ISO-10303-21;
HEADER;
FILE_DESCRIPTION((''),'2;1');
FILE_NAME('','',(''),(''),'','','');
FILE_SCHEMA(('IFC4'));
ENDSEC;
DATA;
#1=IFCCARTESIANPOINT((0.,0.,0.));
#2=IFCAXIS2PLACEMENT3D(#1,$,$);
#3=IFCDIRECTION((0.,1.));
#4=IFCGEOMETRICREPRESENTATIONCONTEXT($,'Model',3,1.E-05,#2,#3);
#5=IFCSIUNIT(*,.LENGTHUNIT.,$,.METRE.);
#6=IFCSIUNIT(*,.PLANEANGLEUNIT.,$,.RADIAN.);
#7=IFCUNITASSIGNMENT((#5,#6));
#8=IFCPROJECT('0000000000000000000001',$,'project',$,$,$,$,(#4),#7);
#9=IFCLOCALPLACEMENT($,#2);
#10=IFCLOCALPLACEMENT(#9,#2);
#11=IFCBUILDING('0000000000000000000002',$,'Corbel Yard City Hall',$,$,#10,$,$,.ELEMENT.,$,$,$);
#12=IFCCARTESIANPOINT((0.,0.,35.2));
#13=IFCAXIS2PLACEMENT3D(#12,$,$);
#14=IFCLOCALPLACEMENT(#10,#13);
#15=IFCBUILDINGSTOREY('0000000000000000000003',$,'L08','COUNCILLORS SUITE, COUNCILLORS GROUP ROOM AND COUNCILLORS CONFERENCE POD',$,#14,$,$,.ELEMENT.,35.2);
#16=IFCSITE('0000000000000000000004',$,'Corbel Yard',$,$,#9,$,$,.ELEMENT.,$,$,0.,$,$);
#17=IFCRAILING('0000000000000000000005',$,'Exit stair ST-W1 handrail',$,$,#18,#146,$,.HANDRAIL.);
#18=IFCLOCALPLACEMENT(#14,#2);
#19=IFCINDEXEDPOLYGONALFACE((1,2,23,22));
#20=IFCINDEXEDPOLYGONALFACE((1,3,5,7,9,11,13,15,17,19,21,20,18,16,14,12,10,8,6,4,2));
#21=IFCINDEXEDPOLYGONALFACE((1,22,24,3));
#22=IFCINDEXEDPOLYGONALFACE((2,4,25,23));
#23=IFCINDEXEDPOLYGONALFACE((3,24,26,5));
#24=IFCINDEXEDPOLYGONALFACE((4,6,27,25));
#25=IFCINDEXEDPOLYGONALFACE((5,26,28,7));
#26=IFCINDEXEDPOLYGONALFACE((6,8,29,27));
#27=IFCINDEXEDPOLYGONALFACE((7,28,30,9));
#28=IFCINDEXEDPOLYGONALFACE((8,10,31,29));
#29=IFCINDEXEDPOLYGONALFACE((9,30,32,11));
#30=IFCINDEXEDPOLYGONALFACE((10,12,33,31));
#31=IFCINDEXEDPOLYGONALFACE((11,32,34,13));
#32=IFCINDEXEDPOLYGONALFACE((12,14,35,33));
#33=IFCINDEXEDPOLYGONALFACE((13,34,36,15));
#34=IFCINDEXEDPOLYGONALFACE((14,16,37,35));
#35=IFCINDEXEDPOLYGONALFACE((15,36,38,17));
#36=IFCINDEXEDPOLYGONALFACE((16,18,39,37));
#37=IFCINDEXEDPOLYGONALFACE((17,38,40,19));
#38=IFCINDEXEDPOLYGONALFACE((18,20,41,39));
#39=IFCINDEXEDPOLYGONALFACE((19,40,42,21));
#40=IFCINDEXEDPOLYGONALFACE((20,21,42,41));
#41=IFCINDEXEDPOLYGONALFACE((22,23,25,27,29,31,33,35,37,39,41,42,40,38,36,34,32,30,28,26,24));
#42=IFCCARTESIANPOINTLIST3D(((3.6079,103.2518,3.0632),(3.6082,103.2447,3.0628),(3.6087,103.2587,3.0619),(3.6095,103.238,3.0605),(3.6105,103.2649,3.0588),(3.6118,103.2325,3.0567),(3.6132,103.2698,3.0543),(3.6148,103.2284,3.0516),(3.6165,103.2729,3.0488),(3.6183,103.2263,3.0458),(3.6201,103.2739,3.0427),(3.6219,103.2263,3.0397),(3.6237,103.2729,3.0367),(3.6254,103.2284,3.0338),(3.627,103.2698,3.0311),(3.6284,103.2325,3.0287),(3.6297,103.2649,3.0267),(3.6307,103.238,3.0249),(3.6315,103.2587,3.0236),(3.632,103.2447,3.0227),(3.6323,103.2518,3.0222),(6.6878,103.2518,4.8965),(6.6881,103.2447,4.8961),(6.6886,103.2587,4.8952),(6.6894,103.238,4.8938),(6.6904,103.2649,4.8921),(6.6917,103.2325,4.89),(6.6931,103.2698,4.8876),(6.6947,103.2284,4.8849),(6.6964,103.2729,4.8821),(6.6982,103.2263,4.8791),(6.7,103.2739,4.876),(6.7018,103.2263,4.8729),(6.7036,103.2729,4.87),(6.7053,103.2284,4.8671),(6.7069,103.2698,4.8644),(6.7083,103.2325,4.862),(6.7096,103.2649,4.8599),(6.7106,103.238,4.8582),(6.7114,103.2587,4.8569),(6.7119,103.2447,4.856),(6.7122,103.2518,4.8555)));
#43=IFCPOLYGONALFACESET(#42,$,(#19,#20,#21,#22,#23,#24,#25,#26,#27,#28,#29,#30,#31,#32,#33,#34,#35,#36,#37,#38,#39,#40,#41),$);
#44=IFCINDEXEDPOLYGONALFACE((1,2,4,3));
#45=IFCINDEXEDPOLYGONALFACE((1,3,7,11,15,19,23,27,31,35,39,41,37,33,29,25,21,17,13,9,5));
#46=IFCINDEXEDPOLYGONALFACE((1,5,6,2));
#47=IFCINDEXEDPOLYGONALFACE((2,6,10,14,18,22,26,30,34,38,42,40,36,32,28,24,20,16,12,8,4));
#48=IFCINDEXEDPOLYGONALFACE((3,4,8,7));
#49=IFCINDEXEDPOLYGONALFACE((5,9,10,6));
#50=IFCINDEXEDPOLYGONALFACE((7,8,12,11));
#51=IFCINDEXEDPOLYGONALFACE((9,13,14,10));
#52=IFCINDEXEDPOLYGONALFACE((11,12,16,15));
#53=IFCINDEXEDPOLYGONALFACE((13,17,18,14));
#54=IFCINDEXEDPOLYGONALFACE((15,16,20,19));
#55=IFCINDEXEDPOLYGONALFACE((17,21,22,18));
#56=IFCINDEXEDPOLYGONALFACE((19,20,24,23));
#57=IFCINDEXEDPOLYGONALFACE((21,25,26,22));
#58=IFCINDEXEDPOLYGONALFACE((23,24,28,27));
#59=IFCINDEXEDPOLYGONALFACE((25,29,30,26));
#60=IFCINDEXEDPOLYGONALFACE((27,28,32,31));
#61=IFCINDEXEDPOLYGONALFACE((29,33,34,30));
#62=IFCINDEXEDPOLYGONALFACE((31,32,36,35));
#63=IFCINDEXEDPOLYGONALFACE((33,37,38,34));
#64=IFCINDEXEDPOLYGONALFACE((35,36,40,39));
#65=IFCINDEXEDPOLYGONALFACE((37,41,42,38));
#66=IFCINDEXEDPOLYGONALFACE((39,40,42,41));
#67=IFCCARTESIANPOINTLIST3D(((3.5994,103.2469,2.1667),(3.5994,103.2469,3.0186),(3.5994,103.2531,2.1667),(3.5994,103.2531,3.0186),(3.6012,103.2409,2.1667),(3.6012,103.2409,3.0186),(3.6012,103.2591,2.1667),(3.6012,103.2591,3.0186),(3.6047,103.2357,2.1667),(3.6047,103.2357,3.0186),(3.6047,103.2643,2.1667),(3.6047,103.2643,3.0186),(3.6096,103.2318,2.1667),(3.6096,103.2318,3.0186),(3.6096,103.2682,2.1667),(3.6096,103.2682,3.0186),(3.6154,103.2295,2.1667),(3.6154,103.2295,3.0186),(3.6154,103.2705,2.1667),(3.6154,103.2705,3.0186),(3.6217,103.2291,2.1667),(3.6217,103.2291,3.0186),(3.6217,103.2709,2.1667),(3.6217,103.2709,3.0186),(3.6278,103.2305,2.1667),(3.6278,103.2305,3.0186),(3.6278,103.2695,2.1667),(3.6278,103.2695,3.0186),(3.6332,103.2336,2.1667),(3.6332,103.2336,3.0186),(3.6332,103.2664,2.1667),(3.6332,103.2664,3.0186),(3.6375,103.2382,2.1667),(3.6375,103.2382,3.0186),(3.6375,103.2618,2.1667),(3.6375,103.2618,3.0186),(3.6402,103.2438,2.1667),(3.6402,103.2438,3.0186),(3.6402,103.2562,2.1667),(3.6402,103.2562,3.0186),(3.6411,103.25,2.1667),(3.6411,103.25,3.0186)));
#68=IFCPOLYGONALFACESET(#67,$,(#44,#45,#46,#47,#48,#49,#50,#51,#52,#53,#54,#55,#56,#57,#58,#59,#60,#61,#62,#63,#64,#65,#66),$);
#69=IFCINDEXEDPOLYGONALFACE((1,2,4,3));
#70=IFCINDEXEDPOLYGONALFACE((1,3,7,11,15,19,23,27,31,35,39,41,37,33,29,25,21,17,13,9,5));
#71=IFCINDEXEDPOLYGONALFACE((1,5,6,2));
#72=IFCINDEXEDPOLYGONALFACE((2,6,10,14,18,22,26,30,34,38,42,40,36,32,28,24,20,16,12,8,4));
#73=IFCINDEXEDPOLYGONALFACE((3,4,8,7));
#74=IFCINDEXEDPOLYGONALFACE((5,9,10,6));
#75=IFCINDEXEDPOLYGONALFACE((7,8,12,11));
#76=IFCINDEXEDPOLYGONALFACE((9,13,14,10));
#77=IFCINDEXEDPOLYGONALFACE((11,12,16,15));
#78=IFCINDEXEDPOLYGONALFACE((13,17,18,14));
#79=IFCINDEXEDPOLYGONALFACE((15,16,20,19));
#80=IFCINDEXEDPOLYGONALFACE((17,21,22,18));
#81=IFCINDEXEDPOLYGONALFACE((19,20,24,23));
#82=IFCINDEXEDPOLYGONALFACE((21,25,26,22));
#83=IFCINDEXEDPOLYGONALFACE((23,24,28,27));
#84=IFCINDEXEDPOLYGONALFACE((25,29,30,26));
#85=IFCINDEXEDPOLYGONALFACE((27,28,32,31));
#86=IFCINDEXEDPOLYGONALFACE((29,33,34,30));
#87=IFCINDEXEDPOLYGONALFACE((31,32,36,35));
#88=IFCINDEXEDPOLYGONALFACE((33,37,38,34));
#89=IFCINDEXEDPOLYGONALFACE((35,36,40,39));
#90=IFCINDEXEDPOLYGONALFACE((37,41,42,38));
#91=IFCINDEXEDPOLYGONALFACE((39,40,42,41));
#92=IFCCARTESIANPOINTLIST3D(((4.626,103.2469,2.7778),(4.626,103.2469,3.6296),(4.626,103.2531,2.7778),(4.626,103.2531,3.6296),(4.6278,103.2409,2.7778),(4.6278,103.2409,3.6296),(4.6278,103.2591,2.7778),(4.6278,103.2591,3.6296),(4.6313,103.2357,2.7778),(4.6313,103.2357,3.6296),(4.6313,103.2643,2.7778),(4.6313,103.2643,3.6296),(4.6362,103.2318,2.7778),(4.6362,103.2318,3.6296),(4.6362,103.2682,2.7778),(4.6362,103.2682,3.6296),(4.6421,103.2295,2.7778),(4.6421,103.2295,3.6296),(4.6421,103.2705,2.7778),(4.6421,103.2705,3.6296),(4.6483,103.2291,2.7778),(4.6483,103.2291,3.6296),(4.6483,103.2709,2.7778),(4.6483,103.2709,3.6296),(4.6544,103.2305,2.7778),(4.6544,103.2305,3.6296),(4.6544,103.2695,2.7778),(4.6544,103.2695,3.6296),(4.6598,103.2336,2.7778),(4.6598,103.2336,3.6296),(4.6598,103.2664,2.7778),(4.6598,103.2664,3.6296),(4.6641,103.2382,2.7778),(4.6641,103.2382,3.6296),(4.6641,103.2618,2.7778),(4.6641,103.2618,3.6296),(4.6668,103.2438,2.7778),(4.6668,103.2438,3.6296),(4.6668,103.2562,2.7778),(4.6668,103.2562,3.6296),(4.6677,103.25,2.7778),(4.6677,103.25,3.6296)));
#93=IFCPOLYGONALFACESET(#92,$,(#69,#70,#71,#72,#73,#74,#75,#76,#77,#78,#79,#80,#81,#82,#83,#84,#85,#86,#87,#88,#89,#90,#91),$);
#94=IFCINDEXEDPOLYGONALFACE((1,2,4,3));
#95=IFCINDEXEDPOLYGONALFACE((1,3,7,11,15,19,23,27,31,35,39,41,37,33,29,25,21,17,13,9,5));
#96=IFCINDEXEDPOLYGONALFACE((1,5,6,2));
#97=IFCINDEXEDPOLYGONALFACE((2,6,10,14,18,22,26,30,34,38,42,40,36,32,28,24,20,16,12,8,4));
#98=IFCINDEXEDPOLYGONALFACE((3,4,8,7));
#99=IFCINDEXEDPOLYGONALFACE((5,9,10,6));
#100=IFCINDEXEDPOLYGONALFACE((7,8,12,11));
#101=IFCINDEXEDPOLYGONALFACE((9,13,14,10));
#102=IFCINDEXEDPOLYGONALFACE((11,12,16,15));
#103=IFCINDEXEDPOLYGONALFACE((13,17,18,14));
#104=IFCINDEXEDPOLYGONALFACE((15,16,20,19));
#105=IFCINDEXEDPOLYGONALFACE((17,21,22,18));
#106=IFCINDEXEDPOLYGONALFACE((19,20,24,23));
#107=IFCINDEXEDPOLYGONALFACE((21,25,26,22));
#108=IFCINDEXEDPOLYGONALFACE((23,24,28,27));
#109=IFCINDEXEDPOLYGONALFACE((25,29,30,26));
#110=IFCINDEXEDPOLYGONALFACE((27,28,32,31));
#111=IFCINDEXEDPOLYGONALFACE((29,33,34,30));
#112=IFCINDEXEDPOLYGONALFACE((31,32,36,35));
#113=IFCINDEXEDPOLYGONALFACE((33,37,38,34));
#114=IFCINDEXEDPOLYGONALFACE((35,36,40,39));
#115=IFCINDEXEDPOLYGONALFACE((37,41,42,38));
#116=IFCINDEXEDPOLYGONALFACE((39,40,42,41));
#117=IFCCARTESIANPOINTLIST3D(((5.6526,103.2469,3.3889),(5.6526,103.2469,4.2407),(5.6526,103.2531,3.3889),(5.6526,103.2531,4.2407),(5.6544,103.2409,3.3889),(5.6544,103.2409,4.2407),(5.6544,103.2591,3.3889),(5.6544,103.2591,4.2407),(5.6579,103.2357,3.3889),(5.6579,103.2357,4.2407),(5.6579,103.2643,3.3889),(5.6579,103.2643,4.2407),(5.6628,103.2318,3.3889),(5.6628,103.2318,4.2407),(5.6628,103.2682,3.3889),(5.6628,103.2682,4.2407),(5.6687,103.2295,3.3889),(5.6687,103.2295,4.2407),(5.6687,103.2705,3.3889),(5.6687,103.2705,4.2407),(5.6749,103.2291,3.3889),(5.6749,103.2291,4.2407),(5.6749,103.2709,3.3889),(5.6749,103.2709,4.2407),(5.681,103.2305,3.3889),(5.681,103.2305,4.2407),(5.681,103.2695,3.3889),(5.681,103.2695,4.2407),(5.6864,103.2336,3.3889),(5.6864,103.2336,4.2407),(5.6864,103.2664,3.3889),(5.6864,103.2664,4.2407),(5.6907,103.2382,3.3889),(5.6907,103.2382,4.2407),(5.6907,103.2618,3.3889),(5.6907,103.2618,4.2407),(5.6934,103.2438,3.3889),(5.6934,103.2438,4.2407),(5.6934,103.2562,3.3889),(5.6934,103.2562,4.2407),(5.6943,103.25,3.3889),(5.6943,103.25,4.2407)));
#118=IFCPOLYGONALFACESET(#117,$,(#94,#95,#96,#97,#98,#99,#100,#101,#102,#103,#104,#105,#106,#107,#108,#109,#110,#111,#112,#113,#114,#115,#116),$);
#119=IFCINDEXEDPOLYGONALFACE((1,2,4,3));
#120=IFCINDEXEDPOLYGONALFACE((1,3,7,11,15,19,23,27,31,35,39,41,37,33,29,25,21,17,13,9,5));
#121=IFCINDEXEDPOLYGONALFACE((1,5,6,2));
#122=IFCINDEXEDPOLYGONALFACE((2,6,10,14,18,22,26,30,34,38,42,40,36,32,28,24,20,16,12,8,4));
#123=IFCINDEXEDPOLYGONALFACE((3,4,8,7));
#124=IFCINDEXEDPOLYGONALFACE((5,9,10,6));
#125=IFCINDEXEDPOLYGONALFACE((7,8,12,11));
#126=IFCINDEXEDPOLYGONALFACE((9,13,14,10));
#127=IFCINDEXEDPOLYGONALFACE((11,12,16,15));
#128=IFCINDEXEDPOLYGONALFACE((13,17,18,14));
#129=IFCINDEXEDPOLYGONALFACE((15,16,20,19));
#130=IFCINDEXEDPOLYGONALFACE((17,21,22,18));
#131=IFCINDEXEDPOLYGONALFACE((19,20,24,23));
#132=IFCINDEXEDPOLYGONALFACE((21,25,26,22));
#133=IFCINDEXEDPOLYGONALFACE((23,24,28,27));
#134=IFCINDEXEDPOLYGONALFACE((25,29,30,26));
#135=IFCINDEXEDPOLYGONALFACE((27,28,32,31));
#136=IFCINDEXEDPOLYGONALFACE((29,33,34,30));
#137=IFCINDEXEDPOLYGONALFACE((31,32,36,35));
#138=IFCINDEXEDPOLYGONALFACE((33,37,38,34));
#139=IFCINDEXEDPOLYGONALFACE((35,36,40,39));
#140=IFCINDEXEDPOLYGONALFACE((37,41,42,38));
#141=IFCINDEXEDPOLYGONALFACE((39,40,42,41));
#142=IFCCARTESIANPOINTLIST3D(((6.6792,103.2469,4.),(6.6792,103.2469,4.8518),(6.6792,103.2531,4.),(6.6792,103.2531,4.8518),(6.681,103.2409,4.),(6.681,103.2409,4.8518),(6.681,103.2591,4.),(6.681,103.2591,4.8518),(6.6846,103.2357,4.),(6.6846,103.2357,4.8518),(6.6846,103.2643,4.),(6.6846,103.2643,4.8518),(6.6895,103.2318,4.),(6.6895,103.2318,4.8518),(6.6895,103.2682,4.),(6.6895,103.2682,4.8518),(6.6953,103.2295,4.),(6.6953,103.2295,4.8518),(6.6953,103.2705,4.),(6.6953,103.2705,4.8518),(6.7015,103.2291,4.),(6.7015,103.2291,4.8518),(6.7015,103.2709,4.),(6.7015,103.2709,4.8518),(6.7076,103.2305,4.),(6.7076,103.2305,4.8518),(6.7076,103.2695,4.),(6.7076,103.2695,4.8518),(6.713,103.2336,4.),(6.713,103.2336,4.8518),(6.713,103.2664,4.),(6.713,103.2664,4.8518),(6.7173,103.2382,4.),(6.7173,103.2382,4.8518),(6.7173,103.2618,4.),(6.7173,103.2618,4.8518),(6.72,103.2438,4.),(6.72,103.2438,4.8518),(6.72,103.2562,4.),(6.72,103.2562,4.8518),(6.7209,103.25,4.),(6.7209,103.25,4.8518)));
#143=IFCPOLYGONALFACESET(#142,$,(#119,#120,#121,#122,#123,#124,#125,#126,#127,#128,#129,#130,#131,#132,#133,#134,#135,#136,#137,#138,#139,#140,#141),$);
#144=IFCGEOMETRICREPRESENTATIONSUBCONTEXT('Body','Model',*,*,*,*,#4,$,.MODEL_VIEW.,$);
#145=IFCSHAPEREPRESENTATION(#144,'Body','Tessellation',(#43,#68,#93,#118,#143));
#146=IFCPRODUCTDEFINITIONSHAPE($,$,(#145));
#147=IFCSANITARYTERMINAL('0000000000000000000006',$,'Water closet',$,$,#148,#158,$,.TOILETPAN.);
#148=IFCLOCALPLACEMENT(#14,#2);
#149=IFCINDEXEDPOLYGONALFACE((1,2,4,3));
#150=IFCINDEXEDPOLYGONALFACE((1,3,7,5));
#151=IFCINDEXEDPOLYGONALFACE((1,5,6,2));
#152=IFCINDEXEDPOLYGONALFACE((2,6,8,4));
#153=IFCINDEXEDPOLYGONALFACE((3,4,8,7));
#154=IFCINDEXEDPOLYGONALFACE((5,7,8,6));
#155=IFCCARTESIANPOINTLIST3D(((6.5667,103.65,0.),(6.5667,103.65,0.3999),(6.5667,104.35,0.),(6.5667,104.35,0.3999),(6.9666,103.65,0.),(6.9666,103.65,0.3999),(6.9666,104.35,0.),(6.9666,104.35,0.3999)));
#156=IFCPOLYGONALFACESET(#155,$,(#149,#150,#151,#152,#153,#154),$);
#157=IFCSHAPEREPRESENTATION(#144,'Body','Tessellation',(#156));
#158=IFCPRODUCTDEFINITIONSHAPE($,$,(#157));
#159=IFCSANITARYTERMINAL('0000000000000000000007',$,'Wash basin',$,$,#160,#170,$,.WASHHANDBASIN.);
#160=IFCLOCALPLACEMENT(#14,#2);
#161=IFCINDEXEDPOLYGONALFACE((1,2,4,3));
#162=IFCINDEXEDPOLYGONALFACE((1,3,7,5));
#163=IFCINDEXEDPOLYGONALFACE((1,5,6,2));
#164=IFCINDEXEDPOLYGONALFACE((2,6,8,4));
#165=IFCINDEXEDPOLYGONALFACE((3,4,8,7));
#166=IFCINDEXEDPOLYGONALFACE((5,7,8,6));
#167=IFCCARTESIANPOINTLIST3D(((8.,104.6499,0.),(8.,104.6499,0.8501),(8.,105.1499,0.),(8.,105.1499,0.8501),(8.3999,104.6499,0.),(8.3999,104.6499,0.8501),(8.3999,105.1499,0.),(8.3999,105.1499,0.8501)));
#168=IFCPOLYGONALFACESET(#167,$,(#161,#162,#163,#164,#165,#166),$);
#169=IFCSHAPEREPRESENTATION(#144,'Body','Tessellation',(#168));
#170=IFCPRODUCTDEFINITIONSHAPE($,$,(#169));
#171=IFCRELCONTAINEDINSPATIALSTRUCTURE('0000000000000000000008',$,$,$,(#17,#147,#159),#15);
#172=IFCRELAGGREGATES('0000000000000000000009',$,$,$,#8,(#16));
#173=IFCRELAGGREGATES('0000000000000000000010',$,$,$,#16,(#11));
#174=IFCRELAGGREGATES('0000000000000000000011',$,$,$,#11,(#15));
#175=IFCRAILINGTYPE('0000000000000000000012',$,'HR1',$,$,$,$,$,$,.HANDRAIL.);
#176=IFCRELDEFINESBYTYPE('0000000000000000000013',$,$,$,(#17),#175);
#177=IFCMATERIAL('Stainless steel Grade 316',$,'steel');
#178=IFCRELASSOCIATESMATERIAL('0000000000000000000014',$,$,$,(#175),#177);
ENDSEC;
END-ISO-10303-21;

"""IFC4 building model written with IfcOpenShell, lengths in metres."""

from ifc_helpers import new_model, si_unit, direction, frame, origin, origin_2d, place, context, subcontext, project, spatial, rectangle, circle, extrude, material, type_object, element, save


model = new_model("IFC4")

# Units and contexts
model_context = context("Model", 3, precision=1e-05, world=origin(), true_north=direction((0.0, 1.0)))
body_context = subcontext(model_context, "Body", "Model", "MODEL_VIEW")
ifc_project = project(units=[si_unit("LENGTHUNIT", "METRE"), si_unit("PLANEANGLEUNIT", "RADIAN")], contexts=[model_context])

# Site, building, storey
site_placement = place(None, origin())
site = spatial("IfcSite", under=ifc_project, at=site_placement, Name="Corbel Yard", CompositionType="ELEMENT", RefElevation=0.0)
building_placement = place(site_placement, origin())
building = spatial("IfcBuilding", under=site, at=building_placement, Name="Corbel Yard City Hall", CompositionType="ELEMENT")
storey_placement = place(building_placement, frame((0.0, 0.0, 35.2)))
storey = spatial("IfcBuildingStorey", under=building, at=storey_placement, Name="L08", Description="COUNCILLORS SUITE, COUNCILLORS GROUP ROOM AND COUNCILLORS CONFERENCE POD", CompositionType="ELEMENT", Elevation=35.2)

# Shared definitions
ifc_material_1 = material(Name="Stainless steel Grade 316", Category="steel")

# Railing
railing_type = type_object("IfcRailingType", Name="HR1", PredefinedType="HANDRAIL", material=ifc_material_1)
for number, where, name in (
    (1, (3.6201, 103.25, 2.1667), "Exit stair ST-W1 handrail"),
):
    element("IfcRailing", number, at=place(storey_placement, frame(where)), inside=storey, type_object=railing_type, Name=name, PredefinedType="HANDRAIL", context=body_context, shape_type="SweptSolid", body=[
        extrude(circle(Radius=0.0239, at=origin_2d()), frame((0.0, 0.0, 0.876), z_axis=(0.859291, 0.0, 0.511487), x_axis=(0.0, 1.0, 0.0)), (0.0, 0.0, 1.0), 3.5842),
        extrude(circle(Radius=0.021, at=origin_2d()), origin(), (0.0, 0.0, 1.0), 0.8518),
        extrude(circle(Radius=0.021, at=origin_2d()), frame((1.0266, 0.0, 0.6111)), (0.0, 0.0, 1.0), 0.8518),
        extrude(circle(Radius=0.021, at=origin_2d()), frame((2.0532, 0.0, 1.2222)), (0.0, 0.0, 1.0), 0.8518),
        extrude(circle(Radius=0.021, at=origin_2d()), frame((3.0798, 0.0, 1.8333)), (0.0, 0.0, 1.0), 0.8518),
    ])

# Sanitary terminals
sanitary_terminal_1_placement = place(storey_placement, frame((6.7666, 104.0, 0.0), z_axis=(0.0, 0.0, 1.0), x_axis=(1.0, 0.0, 0.0)))
element("IfcSanitaryTerminal", 2, at=sanitary_terminal_1_placement, inside=storey, Name="Water closet", PredefinedType="TOILETPAN", context=body_context, shape_type="SweptSolid", body=[
    extrude(rectangle(XDim=0.3999, YDim=0.7, at=origin_2d()), origin(), (0.0, 0.0, 1.0), 0.3999),
])
sanitary_terminal_2_placement = place(storey_placement, frame((8.2, 104.8999, 0.0), z_axis=(0.0, 0.0, 1.0), x_axis=(1.0, 0.0, 0.0)))
element("IfcSanitaryTerminal", 3, at=sanitary_terminal_2_placement, inside=storey, Name="Wash basin", PredefinedType="WASHHANDBASIN", context=body_context, shape_type="SweptSolid", body=[
    extrude(rectangle(XDim=0.3999, YDim=0.5, at=origin_2d()), origin(), (0.0, 0.0, 1.0), 0.8501),
])

save(model, "model.ifc")
